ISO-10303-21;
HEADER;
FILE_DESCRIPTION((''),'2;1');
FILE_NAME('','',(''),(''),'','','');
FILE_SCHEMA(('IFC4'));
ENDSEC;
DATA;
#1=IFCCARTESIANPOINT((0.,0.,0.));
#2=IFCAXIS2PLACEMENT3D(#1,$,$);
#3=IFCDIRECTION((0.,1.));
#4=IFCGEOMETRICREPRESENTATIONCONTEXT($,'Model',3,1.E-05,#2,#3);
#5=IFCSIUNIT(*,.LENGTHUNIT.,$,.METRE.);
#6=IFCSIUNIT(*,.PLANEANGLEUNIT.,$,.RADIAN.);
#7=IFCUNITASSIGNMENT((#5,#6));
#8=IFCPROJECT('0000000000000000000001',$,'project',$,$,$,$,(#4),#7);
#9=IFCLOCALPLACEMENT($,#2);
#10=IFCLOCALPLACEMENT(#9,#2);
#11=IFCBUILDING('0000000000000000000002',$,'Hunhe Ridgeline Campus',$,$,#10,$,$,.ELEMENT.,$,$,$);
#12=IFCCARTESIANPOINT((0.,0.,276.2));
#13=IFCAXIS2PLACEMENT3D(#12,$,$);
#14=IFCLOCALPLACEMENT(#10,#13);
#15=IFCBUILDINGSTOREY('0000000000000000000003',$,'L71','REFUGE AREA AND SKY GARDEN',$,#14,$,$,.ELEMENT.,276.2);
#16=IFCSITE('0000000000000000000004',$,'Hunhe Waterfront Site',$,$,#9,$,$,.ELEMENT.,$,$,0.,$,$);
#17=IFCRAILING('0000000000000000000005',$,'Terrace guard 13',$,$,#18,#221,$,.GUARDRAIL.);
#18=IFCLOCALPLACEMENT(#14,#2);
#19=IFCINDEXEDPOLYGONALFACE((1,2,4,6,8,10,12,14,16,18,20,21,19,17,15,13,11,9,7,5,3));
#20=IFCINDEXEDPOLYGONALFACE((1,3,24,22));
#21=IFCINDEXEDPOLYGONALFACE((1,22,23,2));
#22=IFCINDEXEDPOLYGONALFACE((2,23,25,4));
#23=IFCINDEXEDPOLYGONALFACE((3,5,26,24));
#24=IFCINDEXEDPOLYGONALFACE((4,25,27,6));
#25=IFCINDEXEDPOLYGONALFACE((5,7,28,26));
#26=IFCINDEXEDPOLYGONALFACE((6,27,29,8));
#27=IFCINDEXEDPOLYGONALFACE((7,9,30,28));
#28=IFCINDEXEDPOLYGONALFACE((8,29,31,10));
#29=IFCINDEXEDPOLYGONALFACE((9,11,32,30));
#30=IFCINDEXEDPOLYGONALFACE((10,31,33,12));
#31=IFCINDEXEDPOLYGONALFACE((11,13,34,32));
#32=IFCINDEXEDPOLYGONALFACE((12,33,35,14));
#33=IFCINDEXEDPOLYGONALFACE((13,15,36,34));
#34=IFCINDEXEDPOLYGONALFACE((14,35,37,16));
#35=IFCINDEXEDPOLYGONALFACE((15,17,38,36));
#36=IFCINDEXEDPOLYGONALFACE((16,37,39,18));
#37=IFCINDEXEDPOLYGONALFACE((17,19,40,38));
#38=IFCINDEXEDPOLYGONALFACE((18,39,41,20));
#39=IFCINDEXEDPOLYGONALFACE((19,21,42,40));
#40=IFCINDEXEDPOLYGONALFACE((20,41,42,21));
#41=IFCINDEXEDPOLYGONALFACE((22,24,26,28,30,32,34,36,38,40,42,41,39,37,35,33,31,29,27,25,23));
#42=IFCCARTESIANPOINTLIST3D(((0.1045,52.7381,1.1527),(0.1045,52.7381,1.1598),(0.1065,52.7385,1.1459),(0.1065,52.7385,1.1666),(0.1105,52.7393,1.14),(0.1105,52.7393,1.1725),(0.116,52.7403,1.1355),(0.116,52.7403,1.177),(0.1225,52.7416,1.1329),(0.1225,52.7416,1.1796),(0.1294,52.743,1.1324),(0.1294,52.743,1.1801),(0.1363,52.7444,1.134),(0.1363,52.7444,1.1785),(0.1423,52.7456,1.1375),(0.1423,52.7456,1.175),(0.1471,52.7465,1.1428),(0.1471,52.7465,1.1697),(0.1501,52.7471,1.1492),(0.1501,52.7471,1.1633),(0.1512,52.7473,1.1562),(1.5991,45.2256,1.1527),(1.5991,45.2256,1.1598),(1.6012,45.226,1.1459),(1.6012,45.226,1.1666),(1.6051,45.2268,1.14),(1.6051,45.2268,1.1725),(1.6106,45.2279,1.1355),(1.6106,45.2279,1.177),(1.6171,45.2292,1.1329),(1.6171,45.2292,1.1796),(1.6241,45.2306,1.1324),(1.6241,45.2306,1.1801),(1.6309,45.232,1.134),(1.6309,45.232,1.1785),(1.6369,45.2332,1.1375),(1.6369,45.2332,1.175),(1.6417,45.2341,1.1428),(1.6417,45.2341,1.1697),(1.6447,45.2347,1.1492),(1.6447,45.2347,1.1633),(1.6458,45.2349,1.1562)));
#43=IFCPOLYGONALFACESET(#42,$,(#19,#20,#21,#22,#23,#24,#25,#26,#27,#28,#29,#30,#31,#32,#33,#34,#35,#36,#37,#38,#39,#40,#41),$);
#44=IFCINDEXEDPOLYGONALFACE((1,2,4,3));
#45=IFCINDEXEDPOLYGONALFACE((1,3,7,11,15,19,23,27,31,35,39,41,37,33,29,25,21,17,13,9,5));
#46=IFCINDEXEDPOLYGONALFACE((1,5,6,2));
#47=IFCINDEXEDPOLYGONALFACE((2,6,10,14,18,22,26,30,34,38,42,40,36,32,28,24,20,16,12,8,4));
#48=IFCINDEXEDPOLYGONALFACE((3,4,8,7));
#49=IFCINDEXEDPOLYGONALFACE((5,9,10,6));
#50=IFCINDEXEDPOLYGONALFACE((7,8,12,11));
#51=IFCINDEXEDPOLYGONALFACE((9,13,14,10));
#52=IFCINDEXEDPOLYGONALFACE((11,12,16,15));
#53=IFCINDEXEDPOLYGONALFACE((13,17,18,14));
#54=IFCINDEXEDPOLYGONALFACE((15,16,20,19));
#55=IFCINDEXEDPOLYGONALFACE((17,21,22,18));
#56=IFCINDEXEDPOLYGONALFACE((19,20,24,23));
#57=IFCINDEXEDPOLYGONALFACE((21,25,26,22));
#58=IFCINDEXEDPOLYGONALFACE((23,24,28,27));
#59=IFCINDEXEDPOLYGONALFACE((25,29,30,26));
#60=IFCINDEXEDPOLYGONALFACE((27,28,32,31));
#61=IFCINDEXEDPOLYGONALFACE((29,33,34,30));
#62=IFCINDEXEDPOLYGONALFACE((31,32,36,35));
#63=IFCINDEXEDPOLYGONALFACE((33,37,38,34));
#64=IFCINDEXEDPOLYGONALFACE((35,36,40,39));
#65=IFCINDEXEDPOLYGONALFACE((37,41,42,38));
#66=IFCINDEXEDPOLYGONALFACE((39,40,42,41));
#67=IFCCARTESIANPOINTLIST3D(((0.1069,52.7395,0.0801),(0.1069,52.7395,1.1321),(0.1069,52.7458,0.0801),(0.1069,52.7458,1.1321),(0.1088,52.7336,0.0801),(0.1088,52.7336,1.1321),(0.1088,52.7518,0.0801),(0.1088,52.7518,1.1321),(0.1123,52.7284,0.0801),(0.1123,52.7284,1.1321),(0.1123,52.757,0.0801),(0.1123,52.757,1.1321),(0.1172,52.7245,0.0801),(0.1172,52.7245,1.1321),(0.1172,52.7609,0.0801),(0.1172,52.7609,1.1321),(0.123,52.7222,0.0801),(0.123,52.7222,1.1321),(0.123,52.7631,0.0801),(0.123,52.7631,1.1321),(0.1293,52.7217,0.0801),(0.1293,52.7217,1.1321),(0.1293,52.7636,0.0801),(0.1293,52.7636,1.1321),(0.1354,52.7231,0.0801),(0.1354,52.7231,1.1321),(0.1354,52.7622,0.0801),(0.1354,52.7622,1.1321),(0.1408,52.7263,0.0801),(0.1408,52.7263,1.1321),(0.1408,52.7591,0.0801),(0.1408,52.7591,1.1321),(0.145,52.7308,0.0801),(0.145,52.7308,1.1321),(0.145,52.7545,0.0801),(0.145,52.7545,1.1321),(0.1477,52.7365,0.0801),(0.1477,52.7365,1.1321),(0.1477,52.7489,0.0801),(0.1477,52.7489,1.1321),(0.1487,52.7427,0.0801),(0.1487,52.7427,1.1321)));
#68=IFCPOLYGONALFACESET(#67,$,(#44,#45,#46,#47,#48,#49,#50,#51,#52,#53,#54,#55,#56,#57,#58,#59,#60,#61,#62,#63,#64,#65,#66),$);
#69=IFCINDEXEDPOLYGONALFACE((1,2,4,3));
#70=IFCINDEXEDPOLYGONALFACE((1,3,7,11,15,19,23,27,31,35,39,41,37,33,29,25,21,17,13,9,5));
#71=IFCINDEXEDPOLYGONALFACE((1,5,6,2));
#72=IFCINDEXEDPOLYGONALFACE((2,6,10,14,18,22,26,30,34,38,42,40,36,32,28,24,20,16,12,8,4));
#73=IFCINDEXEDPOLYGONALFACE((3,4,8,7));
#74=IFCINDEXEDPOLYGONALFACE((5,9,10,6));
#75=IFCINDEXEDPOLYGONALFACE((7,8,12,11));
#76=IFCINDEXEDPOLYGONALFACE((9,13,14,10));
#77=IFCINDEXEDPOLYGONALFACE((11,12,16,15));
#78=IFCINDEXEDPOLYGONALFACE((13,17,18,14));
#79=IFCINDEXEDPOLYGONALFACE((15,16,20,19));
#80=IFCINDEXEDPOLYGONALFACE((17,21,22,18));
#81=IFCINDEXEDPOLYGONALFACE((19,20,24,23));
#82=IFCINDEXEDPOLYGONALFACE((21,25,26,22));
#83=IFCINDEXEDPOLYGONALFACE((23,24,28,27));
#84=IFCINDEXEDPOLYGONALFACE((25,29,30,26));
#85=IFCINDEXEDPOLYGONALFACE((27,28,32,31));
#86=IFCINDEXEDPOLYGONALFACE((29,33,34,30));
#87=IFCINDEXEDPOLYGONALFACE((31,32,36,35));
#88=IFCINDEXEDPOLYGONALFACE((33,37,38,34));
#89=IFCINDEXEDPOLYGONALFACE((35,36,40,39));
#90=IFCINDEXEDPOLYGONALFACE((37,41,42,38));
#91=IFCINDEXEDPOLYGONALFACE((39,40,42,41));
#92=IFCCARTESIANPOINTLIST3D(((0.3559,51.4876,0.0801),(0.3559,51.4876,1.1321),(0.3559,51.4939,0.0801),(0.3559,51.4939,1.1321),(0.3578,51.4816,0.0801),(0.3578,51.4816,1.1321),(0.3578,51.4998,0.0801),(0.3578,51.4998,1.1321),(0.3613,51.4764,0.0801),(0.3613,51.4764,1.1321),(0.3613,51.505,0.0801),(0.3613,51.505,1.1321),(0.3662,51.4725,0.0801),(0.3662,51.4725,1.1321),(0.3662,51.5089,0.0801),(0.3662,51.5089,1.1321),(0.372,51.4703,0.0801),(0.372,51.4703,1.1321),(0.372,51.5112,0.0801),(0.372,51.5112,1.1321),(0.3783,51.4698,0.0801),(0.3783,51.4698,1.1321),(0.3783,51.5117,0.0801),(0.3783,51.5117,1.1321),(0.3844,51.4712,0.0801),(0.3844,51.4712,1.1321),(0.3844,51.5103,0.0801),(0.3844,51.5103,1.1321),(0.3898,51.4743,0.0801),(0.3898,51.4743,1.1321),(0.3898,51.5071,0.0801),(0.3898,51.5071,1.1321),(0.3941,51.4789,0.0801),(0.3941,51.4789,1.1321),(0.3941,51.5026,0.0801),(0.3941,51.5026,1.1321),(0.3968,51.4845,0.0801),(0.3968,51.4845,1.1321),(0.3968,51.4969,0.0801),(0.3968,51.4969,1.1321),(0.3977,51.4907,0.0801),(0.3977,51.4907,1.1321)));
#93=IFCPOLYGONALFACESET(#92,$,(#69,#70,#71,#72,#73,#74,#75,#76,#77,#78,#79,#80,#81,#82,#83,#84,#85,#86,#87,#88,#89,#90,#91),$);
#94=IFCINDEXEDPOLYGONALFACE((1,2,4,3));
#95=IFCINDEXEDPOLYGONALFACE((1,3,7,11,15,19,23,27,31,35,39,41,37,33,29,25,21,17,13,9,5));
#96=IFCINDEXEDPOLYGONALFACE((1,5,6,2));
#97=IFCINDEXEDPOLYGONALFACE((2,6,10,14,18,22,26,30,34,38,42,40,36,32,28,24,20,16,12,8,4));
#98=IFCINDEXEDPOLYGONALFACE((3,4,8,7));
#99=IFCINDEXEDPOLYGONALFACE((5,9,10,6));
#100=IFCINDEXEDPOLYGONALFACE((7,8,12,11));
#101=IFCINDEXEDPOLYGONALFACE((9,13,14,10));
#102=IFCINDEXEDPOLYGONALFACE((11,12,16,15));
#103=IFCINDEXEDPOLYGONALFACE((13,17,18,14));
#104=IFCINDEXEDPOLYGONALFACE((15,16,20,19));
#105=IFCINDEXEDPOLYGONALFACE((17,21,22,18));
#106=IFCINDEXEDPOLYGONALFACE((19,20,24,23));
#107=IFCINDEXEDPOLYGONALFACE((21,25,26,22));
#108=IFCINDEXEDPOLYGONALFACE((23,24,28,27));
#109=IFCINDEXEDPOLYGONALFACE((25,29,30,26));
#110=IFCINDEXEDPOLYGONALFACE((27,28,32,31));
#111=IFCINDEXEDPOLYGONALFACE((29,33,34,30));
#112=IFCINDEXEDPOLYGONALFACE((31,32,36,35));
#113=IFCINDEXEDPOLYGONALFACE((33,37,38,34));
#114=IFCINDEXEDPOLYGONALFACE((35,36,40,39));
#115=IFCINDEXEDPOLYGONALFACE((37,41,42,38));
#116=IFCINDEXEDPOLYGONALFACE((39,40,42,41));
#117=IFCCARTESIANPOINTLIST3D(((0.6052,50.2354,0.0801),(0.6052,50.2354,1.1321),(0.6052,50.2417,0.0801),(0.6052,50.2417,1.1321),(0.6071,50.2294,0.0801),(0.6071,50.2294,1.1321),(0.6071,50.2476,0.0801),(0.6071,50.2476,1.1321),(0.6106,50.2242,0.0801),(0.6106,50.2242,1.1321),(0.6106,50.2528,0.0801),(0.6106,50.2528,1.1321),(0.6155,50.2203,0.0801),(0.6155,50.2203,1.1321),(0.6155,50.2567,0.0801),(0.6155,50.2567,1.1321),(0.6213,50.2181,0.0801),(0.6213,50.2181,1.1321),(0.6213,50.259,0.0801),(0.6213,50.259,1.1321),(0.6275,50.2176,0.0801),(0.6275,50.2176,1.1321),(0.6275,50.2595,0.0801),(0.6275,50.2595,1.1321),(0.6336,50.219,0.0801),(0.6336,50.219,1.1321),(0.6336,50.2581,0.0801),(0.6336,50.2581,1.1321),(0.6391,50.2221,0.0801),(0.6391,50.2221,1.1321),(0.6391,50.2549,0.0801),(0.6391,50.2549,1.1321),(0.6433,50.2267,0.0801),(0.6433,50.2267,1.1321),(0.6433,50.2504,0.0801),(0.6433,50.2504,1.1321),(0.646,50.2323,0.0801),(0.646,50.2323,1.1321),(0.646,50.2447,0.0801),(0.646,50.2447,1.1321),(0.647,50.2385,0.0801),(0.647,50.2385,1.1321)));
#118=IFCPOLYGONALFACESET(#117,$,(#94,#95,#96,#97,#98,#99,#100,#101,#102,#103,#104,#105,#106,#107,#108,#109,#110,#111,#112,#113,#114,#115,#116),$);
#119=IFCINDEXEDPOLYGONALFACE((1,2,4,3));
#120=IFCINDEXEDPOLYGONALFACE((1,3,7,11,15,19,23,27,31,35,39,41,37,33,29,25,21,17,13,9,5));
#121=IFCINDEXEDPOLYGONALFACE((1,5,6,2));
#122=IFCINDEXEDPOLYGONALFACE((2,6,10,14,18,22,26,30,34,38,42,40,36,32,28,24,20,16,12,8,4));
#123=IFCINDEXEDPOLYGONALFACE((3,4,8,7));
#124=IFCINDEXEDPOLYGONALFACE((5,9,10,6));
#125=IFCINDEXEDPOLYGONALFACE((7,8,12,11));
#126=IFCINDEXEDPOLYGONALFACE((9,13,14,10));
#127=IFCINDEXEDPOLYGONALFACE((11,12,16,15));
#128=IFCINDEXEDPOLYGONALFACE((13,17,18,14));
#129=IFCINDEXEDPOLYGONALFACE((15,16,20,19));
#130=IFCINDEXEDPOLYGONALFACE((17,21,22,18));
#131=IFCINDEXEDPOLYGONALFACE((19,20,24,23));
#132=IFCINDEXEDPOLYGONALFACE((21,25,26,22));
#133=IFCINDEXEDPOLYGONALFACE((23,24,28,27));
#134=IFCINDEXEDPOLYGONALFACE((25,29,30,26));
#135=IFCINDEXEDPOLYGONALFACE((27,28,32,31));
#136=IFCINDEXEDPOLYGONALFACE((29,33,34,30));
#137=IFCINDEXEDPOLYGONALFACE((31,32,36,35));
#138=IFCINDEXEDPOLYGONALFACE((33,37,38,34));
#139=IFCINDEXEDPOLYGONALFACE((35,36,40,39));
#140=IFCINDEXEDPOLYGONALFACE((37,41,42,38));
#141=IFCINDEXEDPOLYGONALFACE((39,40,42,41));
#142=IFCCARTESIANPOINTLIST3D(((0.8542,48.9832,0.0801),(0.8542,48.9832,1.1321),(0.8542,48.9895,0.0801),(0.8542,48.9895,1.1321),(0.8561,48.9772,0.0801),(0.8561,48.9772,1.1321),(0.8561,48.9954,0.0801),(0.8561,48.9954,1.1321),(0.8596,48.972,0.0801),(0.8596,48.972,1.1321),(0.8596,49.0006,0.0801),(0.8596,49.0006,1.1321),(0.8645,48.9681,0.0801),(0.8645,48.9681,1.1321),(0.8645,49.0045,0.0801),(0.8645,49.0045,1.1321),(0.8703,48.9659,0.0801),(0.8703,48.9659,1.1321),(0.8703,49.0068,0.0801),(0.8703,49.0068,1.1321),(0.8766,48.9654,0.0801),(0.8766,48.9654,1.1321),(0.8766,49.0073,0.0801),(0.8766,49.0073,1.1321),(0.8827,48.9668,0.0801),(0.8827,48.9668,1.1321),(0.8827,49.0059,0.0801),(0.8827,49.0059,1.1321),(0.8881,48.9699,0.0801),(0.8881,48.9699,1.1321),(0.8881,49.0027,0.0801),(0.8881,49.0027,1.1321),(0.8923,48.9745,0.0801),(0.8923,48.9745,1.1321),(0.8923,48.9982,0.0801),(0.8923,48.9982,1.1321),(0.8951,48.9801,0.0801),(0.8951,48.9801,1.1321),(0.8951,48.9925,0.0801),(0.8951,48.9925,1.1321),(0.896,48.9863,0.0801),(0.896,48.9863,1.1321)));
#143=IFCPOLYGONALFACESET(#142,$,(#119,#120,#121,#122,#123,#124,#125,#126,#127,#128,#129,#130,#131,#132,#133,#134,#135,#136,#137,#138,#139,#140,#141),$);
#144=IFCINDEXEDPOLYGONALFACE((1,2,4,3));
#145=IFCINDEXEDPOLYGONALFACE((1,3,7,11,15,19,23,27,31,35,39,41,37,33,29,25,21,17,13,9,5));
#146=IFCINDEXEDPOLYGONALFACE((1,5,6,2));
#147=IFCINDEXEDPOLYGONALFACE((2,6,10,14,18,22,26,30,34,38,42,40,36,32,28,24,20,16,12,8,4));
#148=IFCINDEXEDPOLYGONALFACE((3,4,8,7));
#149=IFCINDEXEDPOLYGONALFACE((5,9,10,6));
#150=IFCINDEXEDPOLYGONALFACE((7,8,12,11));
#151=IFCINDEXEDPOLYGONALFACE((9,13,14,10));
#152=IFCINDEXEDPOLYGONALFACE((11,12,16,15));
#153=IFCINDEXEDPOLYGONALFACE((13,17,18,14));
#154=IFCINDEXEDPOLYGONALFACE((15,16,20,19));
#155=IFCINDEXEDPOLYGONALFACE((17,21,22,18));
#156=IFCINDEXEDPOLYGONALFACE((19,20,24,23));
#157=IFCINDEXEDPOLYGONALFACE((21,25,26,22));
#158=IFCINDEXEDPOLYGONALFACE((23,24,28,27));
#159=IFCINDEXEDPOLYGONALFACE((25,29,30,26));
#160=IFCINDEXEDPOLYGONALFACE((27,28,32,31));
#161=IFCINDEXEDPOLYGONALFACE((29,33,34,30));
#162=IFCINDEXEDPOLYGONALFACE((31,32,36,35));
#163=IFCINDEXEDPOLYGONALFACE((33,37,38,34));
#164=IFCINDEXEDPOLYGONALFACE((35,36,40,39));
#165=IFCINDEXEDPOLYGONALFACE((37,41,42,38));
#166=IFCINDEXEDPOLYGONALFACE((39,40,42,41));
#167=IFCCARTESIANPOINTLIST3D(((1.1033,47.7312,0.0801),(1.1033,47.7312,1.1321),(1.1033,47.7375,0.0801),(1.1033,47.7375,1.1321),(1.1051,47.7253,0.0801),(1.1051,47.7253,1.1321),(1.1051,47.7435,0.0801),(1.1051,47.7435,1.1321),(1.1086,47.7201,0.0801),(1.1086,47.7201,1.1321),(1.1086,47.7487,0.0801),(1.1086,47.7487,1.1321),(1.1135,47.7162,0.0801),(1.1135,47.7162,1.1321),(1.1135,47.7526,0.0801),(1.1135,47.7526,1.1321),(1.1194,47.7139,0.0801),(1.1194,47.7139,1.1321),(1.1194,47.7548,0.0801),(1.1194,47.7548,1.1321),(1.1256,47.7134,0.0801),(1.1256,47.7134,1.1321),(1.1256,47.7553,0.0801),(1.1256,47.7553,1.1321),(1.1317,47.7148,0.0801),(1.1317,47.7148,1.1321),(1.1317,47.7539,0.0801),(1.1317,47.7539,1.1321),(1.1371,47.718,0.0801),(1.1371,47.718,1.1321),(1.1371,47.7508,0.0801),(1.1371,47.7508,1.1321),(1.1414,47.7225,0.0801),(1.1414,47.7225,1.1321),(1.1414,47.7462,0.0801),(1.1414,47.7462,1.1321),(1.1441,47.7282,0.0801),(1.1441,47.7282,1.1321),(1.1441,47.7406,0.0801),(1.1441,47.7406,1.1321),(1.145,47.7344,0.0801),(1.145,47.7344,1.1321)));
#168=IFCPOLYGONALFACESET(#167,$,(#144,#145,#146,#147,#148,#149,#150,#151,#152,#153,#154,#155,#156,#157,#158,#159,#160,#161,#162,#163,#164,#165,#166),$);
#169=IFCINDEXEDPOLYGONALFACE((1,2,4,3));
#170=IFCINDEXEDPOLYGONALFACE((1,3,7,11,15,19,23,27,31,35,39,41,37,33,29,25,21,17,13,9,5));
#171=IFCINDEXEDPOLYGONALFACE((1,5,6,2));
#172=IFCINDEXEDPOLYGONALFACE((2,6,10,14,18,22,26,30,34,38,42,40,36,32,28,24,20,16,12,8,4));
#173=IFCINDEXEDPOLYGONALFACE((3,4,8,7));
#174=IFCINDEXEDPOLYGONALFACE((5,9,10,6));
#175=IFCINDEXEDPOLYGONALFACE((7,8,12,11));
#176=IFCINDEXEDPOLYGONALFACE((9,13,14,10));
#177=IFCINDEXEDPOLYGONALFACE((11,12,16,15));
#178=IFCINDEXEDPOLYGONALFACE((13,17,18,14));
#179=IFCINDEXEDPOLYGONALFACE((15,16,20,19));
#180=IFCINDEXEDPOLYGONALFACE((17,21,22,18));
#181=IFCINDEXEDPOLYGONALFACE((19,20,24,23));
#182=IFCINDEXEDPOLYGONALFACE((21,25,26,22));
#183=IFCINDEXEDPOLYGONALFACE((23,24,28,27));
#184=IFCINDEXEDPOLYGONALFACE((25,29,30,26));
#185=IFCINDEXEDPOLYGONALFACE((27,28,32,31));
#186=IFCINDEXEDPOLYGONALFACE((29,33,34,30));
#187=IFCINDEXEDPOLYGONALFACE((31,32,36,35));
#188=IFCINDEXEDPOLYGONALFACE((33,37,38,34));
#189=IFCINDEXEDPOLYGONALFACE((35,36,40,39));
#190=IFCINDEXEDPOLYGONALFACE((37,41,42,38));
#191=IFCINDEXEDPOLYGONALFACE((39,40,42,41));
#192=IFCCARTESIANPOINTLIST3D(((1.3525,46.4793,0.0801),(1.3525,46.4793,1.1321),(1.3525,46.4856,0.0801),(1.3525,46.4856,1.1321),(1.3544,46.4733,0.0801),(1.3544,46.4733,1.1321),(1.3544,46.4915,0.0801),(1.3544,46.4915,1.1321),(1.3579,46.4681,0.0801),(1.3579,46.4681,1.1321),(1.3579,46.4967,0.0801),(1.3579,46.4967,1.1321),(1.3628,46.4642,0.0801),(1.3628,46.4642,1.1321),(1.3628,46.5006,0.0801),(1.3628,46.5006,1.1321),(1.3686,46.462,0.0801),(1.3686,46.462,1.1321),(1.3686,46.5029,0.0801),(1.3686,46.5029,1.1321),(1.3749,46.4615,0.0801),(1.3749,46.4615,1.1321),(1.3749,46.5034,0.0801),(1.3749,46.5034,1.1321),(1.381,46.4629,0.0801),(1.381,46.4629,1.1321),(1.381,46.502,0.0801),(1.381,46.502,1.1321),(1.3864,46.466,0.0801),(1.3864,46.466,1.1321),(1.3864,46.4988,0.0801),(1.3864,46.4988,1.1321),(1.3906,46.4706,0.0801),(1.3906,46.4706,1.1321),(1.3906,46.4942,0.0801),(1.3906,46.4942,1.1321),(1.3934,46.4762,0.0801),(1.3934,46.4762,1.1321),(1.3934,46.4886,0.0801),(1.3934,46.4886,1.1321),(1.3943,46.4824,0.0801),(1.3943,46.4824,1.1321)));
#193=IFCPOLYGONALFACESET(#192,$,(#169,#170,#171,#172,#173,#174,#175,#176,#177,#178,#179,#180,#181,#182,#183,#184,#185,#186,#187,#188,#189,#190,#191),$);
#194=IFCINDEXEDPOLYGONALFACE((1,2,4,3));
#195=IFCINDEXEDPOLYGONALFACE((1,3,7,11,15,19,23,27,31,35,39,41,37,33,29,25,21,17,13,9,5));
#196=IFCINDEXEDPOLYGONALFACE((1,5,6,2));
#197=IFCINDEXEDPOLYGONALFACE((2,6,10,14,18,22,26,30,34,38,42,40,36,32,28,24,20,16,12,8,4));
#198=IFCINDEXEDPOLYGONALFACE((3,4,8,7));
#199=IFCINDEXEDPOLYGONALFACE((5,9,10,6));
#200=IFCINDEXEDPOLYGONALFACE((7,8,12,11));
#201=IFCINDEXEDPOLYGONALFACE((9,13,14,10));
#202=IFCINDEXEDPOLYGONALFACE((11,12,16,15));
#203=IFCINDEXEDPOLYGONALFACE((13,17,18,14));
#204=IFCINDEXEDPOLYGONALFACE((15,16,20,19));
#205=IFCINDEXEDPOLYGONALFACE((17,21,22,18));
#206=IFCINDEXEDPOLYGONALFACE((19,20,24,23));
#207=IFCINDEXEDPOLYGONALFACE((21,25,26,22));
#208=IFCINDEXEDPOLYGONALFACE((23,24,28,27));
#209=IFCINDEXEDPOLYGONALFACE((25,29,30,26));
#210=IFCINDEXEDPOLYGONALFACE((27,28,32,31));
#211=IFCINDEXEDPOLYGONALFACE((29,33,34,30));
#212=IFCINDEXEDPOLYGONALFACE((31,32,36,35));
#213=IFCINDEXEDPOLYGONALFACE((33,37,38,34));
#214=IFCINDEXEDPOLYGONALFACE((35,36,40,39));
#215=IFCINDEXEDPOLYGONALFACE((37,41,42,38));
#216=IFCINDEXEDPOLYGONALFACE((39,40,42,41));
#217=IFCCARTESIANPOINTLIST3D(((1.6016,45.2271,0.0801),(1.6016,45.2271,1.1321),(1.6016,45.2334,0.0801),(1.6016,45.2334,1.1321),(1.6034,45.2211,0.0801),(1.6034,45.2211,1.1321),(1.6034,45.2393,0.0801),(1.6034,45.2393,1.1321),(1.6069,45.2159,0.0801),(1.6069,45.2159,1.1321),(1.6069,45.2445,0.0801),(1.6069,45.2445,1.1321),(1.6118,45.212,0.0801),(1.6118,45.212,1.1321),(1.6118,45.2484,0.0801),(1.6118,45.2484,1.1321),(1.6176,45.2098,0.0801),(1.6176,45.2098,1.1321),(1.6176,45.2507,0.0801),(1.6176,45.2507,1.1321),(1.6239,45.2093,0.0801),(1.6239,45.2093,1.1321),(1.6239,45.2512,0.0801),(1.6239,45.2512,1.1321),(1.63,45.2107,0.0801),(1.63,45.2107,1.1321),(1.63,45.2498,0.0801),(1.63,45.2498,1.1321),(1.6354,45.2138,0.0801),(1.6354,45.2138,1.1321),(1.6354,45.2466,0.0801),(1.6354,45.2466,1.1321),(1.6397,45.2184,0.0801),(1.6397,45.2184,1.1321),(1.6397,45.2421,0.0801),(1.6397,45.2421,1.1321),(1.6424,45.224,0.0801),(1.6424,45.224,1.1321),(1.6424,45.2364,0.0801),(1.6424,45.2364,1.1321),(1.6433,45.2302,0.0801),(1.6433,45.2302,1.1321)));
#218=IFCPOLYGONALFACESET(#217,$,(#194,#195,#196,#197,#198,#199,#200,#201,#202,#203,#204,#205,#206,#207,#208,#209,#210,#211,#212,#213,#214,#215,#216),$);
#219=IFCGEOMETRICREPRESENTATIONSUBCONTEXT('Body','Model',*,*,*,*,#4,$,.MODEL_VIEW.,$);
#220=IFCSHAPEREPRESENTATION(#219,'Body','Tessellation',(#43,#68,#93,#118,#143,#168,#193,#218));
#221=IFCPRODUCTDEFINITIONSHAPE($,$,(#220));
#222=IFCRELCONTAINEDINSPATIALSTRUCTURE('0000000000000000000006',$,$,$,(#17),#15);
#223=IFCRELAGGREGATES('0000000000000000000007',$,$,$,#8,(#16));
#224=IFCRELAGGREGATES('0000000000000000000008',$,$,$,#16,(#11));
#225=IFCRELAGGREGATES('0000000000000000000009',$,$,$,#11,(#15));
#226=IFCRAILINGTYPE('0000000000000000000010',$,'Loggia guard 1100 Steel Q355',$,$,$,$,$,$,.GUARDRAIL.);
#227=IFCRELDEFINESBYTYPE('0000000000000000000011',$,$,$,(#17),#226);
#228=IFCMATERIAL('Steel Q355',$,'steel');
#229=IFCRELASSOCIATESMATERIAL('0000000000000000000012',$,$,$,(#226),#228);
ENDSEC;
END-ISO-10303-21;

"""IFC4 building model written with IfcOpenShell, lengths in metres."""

from ifc_helpers import new_model, si_unit, direction, frame, origin, origin_2d, place, context, subcontext, project, spatial, circle, extrude, material, type_object, element, save


model = new_model("IFC4")

# Units and contexts
model_context = context("Model", 3, precision=1e-05, world=origin(), true_north=direction((0.0, 1.0)))
body_context = subcontext(model_context, "Body", "Model", "MODEL_VIEW")
ifc_project = project(units=[si_unit("LENGTHUNIT", "METRE"), si_unit("PLANEANGLEUNIT", "RADIAN")], contexts=[model_context])

# Site, building, storey
site_placement = place(None, origin())
site = spatial("IfcSite", under=ifc_project, at=site_placement, Name="Hunhe Waterfront Site", CompositionType="ELEMENT", RefElevation=0.0)
building_placement = place(site_placement, origin())
building = spatial("IfcBuilding", under=site, at=building_placement, Name="Hunhe Ridgeline Campus", CompositionType="ELEMENT")
storey_placement = place(building_placement, frame((0.0, 0.0, 276.2)))
storey = spatial("IfcBuildingStorey", under=building, at=storey_placement, Name="L71", Description="REFUGE AREA AND SKY GARDEN", CompositionType="ELEMENT", Elevation=276.2)

# Railing
ifc_material_1 = material(Name="Steel Q355", Category="steel")
railing_type = type_object("IfcRailingType", Name="Loggia guard 1100 Steel Q355", PredefinedType="GUARDRAIL", material=ifc_material_1)
railing_1_placement = place(storey_placement, frame((0.1277, 52.7427, 0.0801)))
element("IfcRailing", 1, at=railing_1_placement, inside=storey, type_object=railing_type, Name="Terrace guard 13", PredefinedType="GUARDRAIL", context=body_context, shape_type="SweptSolid", body=[
    extrude(circle(Radius=0.0239, at=origin_2d()), frame((0.0, 0.0, 1.0762), z_axis=(0.195129, -0.980778, 0.0), x_axis=(0.980778, 0.195129, 0.0)), (0.0, 0.0, 1.0), 7.6597),
    extrude(circle(Radius=0.021, at=origin_2d()), origin(), (0.0, 0.0, 1.0), 1.052),
    extrude(circle(Radius=0.021, at=origin_2d()), frame((0.249, -1.252, 0.0)), (0.0, 0.0, 1.0), 1.052),
    extrude(circle(Radius=0.021, at=origin_2d()), frame((0.4983, -2.5042, 0.0)), (0.0, 0.0, 1.0), 1.052),
    extrude(circle(Radius=0.021, at=origin_2d()), frame((0.7473, -3.7563, 0.0)), (0.0, 0.0, 1.0), 1.052),
    extrude(circle(Radius=0.021, at=origin_2d()), frame((0.9963, -5.0083, 0.0)), (0.0, 0.0, 1.0), 1.052),
    extrude(circle(Radius=0.021, at=origin_2d()), frame((1.2456, -6.2603, 0.0)), (0.0, 0.0, 1.0), 1.052),
    extrude(circle(Radius=0.021, at=origin_2d()), frame((1.4946, -7.5125, 0.0)), (0.0, 0.0, 1.0), 1.052),
])

save(model, "model.ifc")
